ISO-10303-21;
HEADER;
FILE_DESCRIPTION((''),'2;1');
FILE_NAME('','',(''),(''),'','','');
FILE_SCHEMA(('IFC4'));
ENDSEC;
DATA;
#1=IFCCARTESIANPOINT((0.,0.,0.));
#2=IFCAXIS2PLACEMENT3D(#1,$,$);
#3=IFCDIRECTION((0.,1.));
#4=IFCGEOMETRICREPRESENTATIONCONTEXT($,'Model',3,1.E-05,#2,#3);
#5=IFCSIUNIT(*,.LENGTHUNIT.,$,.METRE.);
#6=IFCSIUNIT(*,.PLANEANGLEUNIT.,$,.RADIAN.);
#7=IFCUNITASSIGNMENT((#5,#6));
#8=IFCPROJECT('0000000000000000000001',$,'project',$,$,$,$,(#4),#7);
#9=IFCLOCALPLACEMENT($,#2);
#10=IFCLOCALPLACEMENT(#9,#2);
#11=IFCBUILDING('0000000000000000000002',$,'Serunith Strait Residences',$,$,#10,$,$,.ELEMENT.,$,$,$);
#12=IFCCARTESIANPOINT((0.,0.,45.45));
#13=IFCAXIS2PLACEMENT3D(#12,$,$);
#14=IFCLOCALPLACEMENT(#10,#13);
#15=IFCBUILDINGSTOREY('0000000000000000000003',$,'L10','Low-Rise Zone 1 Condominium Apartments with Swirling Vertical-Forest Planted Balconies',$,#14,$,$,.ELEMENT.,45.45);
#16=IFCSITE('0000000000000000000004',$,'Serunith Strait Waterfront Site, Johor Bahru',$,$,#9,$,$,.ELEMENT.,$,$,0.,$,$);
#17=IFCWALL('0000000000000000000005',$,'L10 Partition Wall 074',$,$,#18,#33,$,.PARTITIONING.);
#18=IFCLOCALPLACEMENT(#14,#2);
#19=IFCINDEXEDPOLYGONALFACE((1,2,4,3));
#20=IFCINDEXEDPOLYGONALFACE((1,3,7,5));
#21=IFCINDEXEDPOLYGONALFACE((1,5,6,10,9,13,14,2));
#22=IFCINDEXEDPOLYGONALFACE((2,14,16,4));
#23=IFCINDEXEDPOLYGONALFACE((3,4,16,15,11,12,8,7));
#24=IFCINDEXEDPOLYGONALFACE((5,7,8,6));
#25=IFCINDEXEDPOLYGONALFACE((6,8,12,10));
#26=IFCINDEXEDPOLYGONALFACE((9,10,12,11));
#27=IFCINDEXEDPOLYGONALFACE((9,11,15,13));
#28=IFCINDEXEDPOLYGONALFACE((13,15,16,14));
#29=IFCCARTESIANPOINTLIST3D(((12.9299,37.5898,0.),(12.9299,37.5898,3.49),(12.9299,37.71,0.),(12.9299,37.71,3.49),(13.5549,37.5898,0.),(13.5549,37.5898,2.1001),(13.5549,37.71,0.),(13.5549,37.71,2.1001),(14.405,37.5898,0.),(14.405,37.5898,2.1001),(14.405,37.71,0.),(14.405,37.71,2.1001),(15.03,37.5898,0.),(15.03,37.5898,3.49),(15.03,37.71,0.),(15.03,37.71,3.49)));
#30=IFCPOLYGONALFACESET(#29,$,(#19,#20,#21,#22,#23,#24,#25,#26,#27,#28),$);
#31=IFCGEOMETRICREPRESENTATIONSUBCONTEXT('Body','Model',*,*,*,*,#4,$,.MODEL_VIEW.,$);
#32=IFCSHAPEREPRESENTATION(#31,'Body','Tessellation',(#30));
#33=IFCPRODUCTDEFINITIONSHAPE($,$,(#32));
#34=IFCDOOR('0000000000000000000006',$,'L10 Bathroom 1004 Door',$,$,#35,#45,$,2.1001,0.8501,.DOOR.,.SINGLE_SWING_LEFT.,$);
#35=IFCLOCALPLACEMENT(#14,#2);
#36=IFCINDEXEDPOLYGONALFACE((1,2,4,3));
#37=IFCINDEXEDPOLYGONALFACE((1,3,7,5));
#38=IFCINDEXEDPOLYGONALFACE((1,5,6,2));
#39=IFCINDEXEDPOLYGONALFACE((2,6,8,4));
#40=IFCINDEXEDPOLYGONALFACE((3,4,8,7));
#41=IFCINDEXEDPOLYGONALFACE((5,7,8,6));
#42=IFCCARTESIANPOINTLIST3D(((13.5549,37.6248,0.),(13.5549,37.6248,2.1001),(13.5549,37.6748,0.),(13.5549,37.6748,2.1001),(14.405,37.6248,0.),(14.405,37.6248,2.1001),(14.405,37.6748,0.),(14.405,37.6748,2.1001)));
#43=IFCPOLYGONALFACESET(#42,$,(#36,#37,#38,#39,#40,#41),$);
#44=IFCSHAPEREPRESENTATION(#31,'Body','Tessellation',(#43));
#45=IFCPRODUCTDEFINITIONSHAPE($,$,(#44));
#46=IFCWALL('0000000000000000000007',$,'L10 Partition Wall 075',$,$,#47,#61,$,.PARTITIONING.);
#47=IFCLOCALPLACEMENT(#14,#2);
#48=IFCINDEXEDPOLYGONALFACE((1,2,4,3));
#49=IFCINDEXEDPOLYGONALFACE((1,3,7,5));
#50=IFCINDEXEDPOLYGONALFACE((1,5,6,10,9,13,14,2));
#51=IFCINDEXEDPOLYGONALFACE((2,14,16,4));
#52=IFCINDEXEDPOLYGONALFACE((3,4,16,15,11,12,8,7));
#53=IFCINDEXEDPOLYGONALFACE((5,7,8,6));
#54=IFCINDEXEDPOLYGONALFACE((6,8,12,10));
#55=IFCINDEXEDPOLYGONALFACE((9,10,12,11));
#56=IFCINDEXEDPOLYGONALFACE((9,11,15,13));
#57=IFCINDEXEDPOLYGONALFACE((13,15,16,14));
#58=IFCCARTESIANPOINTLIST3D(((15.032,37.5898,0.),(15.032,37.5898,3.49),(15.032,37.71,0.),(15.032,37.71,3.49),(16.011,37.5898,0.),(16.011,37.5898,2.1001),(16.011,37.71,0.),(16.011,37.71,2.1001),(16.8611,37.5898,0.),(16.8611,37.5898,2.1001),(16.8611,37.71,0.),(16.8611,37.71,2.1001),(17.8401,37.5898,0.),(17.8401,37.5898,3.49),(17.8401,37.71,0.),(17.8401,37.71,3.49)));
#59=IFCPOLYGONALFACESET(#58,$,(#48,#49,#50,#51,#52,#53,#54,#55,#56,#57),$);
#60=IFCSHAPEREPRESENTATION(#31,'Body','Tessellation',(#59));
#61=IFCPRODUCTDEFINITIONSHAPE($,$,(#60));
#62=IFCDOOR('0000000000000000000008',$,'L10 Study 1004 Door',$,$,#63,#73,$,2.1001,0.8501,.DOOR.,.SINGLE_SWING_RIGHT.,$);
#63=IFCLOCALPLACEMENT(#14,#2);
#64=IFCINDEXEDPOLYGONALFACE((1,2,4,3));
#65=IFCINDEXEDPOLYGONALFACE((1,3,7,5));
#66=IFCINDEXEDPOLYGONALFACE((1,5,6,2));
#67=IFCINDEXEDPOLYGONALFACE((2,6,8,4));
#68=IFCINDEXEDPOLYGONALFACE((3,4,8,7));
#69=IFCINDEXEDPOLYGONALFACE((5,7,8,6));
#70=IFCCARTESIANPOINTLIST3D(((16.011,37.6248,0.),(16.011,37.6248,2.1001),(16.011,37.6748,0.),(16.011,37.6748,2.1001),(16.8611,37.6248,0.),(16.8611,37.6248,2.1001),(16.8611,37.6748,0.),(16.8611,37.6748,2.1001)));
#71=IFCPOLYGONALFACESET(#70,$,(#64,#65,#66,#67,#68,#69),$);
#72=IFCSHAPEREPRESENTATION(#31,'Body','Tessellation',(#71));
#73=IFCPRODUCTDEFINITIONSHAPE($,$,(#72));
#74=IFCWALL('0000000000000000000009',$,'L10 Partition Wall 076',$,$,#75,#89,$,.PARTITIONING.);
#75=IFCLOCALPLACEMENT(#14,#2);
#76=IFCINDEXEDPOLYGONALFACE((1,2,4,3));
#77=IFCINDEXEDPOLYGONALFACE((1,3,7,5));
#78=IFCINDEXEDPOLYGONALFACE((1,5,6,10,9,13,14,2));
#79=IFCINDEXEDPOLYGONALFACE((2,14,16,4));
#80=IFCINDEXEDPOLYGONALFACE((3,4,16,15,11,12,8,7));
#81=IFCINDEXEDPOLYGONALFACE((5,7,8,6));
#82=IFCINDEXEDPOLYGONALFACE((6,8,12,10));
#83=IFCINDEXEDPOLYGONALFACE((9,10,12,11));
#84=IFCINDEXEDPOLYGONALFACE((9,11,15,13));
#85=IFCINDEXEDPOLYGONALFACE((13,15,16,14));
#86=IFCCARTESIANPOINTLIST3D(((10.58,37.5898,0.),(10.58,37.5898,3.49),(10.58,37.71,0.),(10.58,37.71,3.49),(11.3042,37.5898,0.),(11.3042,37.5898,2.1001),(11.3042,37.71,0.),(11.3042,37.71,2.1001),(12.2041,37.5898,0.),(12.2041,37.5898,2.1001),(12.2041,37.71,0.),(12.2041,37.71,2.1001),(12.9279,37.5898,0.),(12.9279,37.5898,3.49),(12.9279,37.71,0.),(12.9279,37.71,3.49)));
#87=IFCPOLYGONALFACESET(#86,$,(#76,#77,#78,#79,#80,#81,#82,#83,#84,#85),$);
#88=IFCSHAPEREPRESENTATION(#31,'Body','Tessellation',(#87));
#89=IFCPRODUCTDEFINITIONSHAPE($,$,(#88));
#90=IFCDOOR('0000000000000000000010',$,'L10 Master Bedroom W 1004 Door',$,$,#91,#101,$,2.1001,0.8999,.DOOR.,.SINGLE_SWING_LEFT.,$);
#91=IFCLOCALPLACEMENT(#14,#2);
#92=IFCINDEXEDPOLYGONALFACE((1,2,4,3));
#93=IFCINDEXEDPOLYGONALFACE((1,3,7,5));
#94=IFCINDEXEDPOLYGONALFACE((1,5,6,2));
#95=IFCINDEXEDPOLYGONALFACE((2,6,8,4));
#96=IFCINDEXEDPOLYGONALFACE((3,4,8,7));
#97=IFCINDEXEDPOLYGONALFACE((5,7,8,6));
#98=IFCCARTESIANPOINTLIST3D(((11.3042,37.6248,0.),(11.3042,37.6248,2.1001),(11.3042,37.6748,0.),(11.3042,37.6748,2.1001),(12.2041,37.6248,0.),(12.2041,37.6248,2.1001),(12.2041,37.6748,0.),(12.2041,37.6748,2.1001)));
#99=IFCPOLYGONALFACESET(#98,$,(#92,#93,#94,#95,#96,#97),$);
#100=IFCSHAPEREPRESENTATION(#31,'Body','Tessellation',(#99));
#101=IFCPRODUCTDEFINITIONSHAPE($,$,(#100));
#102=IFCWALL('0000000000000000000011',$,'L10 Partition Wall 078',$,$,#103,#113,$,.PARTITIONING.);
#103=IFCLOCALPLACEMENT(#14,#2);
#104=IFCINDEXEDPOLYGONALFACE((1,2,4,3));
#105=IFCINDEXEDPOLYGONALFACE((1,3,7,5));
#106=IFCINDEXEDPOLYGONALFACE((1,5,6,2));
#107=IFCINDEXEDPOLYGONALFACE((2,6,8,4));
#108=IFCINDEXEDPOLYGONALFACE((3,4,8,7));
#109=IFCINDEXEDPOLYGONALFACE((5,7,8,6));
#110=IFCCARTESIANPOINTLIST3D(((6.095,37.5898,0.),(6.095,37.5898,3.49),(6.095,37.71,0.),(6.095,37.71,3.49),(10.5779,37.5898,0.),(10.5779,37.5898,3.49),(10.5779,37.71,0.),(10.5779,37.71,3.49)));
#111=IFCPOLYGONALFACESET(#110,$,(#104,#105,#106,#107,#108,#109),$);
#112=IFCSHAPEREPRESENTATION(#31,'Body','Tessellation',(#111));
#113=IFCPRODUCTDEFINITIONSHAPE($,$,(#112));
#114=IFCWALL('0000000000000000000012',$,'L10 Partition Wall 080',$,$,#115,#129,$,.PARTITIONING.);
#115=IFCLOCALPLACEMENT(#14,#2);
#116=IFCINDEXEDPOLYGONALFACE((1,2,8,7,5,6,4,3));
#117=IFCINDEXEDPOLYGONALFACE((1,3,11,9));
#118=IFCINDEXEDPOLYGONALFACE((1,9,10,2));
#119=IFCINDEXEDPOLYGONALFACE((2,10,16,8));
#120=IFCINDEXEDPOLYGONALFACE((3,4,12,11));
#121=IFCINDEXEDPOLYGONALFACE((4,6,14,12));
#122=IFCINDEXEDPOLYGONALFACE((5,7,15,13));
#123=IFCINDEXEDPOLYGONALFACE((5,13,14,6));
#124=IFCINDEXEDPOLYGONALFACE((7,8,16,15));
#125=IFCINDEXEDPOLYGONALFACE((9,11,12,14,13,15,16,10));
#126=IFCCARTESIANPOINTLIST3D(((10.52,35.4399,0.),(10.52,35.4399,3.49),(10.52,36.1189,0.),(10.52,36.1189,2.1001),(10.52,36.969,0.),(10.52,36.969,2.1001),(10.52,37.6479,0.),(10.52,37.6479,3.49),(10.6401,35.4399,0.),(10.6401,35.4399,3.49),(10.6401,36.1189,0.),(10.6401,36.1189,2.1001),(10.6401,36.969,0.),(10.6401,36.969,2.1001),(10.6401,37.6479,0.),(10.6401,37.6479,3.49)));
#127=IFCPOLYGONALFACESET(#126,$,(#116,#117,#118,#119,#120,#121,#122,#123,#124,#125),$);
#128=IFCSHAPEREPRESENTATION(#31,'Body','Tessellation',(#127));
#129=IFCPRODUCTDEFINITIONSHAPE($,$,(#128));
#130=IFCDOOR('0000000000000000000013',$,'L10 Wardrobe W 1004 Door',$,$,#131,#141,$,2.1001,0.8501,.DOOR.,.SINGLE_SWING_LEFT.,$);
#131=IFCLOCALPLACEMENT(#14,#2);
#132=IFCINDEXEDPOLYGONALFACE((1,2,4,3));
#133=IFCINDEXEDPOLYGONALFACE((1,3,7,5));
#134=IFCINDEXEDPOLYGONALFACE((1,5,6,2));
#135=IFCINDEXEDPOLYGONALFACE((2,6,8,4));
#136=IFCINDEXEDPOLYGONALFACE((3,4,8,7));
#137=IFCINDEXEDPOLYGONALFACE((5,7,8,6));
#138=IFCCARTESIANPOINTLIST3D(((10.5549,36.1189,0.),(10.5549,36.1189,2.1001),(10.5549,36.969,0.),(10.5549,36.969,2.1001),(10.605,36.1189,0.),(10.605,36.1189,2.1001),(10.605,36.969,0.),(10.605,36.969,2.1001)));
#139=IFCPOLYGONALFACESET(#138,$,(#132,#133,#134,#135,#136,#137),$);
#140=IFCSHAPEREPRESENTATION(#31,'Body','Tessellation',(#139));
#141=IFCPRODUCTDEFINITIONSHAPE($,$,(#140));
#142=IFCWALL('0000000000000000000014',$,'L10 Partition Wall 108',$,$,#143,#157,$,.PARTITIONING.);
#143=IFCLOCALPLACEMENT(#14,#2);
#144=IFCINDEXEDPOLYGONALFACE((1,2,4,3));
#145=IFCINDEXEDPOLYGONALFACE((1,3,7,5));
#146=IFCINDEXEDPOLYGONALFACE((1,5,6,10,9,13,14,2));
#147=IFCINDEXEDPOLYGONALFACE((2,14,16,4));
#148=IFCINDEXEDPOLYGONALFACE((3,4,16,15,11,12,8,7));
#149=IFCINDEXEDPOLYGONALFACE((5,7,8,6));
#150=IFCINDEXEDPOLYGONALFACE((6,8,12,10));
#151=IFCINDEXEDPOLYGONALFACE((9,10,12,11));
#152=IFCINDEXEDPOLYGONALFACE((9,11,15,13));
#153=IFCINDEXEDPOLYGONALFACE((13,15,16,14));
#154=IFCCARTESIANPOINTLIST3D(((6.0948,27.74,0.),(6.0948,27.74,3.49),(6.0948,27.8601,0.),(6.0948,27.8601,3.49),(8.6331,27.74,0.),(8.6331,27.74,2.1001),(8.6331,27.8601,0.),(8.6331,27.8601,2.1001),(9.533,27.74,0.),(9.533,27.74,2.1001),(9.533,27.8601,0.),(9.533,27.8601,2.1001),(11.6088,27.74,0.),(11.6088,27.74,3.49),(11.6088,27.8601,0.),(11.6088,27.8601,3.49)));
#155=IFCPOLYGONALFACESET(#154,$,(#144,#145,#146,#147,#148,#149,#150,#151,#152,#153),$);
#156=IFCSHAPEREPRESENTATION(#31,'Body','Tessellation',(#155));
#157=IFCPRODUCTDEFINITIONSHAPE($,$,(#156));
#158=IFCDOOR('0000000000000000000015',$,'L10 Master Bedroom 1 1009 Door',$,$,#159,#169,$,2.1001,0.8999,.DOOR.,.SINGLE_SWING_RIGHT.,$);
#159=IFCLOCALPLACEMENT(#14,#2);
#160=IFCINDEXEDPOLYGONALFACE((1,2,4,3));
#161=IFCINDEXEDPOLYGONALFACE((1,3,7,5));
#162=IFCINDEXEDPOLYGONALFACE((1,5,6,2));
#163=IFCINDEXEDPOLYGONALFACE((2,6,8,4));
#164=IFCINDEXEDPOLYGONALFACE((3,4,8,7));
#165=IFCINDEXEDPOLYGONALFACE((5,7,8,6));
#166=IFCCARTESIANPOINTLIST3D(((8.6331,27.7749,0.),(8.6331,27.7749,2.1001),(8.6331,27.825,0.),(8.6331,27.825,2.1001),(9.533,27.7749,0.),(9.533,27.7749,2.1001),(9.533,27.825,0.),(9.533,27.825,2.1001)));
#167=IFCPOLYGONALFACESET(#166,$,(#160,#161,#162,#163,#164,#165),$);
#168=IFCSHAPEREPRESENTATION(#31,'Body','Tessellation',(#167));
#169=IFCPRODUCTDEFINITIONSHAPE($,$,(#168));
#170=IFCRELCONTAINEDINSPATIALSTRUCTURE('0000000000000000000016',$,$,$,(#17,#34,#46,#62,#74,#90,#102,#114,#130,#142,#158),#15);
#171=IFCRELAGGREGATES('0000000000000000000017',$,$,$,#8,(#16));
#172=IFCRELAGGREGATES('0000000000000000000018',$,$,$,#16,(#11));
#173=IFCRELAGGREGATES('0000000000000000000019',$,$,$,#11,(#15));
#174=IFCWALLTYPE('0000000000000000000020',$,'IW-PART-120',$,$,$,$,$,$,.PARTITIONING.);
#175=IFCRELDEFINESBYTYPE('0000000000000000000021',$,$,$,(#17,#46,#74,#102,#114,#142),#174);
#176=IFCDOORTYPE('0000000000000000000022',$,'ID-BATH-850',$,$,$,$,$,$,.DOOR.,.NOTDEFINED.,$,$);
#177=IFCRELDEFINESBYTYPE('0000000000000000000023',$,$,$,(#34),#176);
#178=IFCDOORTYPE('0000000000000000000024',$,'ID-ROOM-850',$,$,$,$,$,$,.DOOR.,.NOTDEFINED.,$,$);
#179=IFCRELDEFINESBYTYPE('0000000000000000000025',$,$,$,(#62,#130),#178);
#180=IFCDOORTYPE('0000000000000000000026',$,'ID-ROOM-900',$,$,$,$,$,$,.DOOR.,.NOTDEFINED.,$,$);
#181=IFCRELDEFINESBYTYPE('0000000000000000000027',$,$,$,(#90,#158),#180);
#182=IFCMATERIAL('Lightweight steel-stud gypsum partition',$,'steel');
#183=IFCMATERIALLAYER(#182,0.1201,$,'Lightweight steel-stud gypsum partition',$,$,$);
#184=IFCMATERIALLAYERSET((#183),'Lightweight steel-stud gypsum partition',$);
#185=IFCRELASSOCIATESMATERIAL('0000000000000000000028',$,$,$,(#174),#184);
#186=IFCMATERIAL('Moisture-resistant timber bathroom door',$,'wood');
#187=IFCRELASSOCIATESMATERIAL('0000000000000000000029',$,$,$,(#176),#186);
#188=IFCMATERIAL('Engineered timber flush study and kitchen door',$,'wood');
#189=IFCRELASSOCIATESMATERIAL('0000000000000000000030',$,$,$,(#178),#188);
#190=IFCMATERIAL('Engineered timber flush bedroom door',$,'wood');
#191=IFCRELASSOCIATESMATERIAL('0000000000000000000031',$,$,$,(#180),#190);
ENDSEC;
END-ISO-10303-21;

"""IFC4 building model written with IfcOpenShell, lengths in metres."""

from ifc_helpers import new_model, si_unit, direction, frame, frame_2d, origin, place, context, subcontext, project, spatial, rectangle, extrude, source, transform, mapped, material, layer, layer_set, type_object, element, fill, save


model = new_model("IFC4")

# Units and contexts
model_context = context("Model", 3, precision=1e-05, world=origin(), true_north=direction((0.0, 1.0)))
body_context = subcontext(model_context, "Body", "Model", "MODEL_VIEW")
ifc_project = project(units=[si_unit("LENGTHUNIT", "METRE"), si_unit("PLANEANGLEUNIT", "RADIAN")], contexts=[model_context])

# Site, building, storey
site_placement = place(None, origin())
site = spatial("IfcSite", under=ifc_project, at=site_placement, Name="Serunith Strait Waterfront Site, Johor Bahru", CompositionType="ELEMENT", RefElevation=0.0)
building_placement = place(site_placement, origin())
building = spatial("IfcBuilding", under=site, at=building_placement, Name="Serunith Strait Residences", CompositionType="ELEMENT")
storey_placement = place(building_placement, frame((0.0, 0.0, 45.45)))
storey = spatial("IfcBuildingStorey", under=building, at=storey_placement, Name="L10", Description="Low-Rise Zone 1 Condominium Apartments with Swirling Vertical-Forest Planted Balconies", CompositionType="ELEMENT", Elevation=45.45)

# Walls, openings, doors
ifc_material_1 = material(Name="Lightweight steel-stud gypsum partition", Category="steel")
ifc_layer_1 = layer(ifc_material_1, 0.1201, Name="Lightweight steel-stud gypsum partition")
ifc_layer_set_1 = layer_set([ifc_layer_1], Name="Lightweight steel-stud gypsum partition")
wall_type_1 = type_object("IfcWallType", Name="IW-PART-120", PredefinedType="PARTITIONING", material=ifc_layer_set_1)
wall_1_placement = place(storey_placement, frame((12.9299, 37.6499, 0.0), z_axis=(0.0, 0.0, 1.0), x_axis=(1.0, 0.0, 0.0)))
wall_1 = element("IfcWall", 1, at=wall_1_placement, inside=storey, type_object=wall_type_1, Name="L10 Partition Wall 074", PredefinedType="PARTITIONING", context=body_context, shape_type="SweptSolid", body=[
    extrude(rectangle(XDim=2.1001, YDim=0.1201, at=frame_2d((1.05, 0.0))), origin(), (0.0, 0.0, 1.0), 3.49),
])
opening_1_placement = place(wall_1_placement, frame((0.625, 0.0, 0.0)))
opening_1 = element("IfcOpeningElement", 2, at=opening_1_placement, cuts=wall_1, PredefinedType="OPENING", context=body_context, shape_type="SweptSolid", body=[
    extrude(rectangle(XDim=0.8501, YDim=2.1001, at=frame_2d((0.425, 1.05))), frame((0.0, 0.0701, 0.0), z_axis=(0.0, -1.0, 0.0), x_axis=(1.0, 0.0, 0.0)), (0.0, 0.0, 1.0), 0.1401),
])
ifc_material_2 = material(Name="Moisture-resistant timber bathroom door", Category="wood")
door_type_1 = type_object("IfcDoorType", Name="ID-BATH-850", OperationType="NOTDEFINED", PredefinedType="DOOR", material=ifc_material_2)
shared_shape_1 = source(origin(), body_context, "Body", "SweptSolid", [
    extrude(rectangle(XDim=0.8501, YDim=2.1001, at=frame_2d((0.425, 1.05))), frame((0.0, 0.0249, 0.0), z_axis=(0.0, -1.0, 0.0), x_axis=(1.0, 0.0, 0.0)), (0.0, 0.0, 1.0), 0.05),
])
door_1_placement = place(opening_1_placement, origin())
door_1 = element("IfcDoor", 3, at=door_1_placement, inside=storey, type_object=door_type_1, Name="L10 Bathroom 1004 Door", OperationType="SINGLE_SWING_LEFT", OverallHeight=2.1001, OverallWidth=0.8501, PredefinedType="DOOR", context=body_context, shape_type="MappedRepresentation", body=[
    mapped(shared_shape_1, transform((0.0, 0.0, 0.0), scale=1.0)),
])
fill(opening_1, door_1)
wall_2_placement = place(storey_placement, frame((15.032, 37.6499, 0.0), z_axis=(0.0, 0.0, 1.0), x_axis=(1.0, 0.0, 0.0)))
wall_2 = element("IfcWall", 4, at=wall_2_placement, inside=storey, type_object=wall_type_1, Name="L10 Partition Wall 075", PredefinedType="PARTITIONING", context=body_context, shape_type="SweptSolid", body=[
    extrude(rectangle(XDim=2.8081, YDim=0.1201, at=frame_2d((1.4041, 0.0))), origin(), (0.0, 0.0, 1.0), 3.49),
])
opening_2_placement = place(wall_2_placement, frame((0.979, 0.0, 0.0)))
opening_2 = element("IfcOpeningElement", 5, at=opening_2_placement, cuts=wall_2, PredefinedType="OPENING", context=body_context, shape_type="SweptSolid", body=[
    extrude(rectangle(XDim=0.8501, YDim=2.1001, at=frame_2d((0.425, 1.05))), frame((0.0, 0.0701, 0.0), z_axis=(0.0, -1.0, 0.0), x_axis=(1.0, 0.0, 0.0)), (0.0, 0.0, 1.0), 0.1401),
])
ifc_material_3 = material(Name="Engineered timber flush study and kitchen door", Category="wood")
door_type_2 = type_object("IfcDoorType", Name="ID-ROOM-850", OperationType="NOTDEFINED", PredefinedType="DOOR", material=ifc_material_3)
door_2_placement = place(opening_2_placement, origin())
door_2 = element("IfcDoor", 6, at=door_2_placement, inside=storey, type_object=door_type_2, Name="L10 Study 1004 Door", OperationType="SINGLE_SWING_RIGHT", OverallHeight=2.1001, OverallWidth=0.8501, PredefinedType="DOOR", context=body_context, shape_type="MappedRepresentation", body=[
    mapped(shared_shape_1, transform((0.0, 0.0, 0.0), scale=1.0)),
])
fill(opening_2, door_2)
wall_3_placement = place(storey_placement, frame((10.5801, 37.6499, 0.0), z_axis=(0.0, 0.0, 1.0), x_axis=(1.0, 0.0, 0.0)))
wall_3 = element("IfcWall", 7, at=wall_3_placement, inside=storey, type_object=wall_type_1, Name="L10 Partition Wall 076", PredefinedType="PARTITIONING", context=body_context, shape_type="SweptSolid", body=[
    extrude(rectangle(XDim=2.3479, YDim=0.1201, at=frame_2d((1.1738, 0.0))), origin(), (0.0, 0.0, 1.0), 3.49),
])
opening_3_placement = place(wall_3_placement, frame((0.7241, 0.0, 0.0)))
opening_3 = element("IfcOpeningElement", 8, at=opening_3_placement, cuts=wall_3, PredefinedType="OPENING", context=body_context, shape_type="SweptSolid", body=[
    extrude(rectangle(XDim=0.8999, YDim=2.1001, at=frame_2d((0.45, 1.05))), frame((0.0, 0.0701, 0.0), z_axis=(0.0, -1.0, 0.0), x_axis=(1.0, 0.0, 0.0)), (0.0, 0.0, 1.0), 0.1401),
])
ifc_material_4 = material(Name="Engineered timber flush bedroom door", Category="wood")
door_type_3 = type_object("IfcDoorType", Name="ID-ROOM-900", OperationType="NOTDEFINED", PredefinedType="DOOR", material=ifc_material_4)
shared_shape_2 = source(origin(), body_context, "Body", "SweptSolid", [
    extrude(rectangle(XDim=0.8999, YDim=2.1001, at=frame_2d((0.45, 1.05))), frame((0.0, 0.0249, 0.0), z_axis=(0.0, -1.0, 0.0), x_axis=(1.0, 0.0, 0.0)), (0.0, 0.0, 1.0), 0.05),
])
door_3_placement = place(opening_3_placement, origin())
door_3 = element("IfcDoor", 9, at=door_3_placement, inside=storey, type_object=door_type_3, Name="L10 Master Bedroom W 1004 Door", OperationType="SINGLE_SWING_LEFT", OverallHeight=2.1001, OverallWidth=0.8999, PredefinedType="DOOR", context=body_context, shape_type="MappedRepresentation", body=[
    mapped(shared_shape_2, transform((0.0, 0.0, 0.0), scale=1.0)),
])
fill(opening_3, door_3)

# Wall
wall_4_placement = place(storey_placement, frame((6.095, 37.6499, 0.0), z_axis=(0.0, 0.0, 1.0), x_axis=(1.0, 0.0, 0.0)))
element("IfcWall", 10, at=wall_4_placement, inside=storey, type_object=wall_type_1, Name="L10 Partition Wall 078", PredefinedType="PARTITIONING", context=body_context, shape_type="SweptSolid", body=[
    extrude(rectangle(XDim=4.4829, YDim=0.1201, at=frame_2d((2.2415, 0.0))), origin(), (0.0, 0.0, 1.0), 3.49),
])

# Walls, openings, doors
wall_5_placement = place(storey_placement, frame((10.5801, 37.6479, 0.0), z_axis=(0.0, 0.0, 1.0), x_axis=(0.0, -1.0, 0.0)))
wall_5 = element("IfcWall", 11, at=wall_5_placement, inside=storey, type_object=wall_type_1, Name="L10 Partition Wall 080", PredefinedType="PARTITIONING", context=body_context, shape_type="SweptSolid", body=[
    extrude(rectangle(XDim=2.208, YDim=0.1201, at=frame_2d((1.104, 0.0))), origin(), (0.0, 0.0, 1.0), 3.49),
])
opening_4_placement = place(wall_5_placement, frame((0.679, 0.0, 0.0)))
opening_4 = element("IfcOpeningElement", 12, at=opening_4_placement, cuts=wall_5, PredefinedType="OPENING", context=body_context, shape_type="SweptSolid", body=[
    extrude(rectangle(XDim=0.8501, YDim=2.1001, at=frame_2d((0.425, 1.05))), frame((0.0, 0.0701, 0.0), z_axis=(0.0, -1.0, 0.0), x_axis=(1.0, 0.0, 0.0)), (0.0, 0.0, 1.0), 0.1401),
])
door_4_placement = place(opening_4_placement, origin())
door_4 = element("IfcDoor", 13, at=door_4_placement, inside=storey, type_object=door_type_2, Name="L10 Wardrobe W 1004 Door", OperationType="SINGLE_SWING_LEFT", OverallHeight=2.1001, OverallWidth=0.8501, PredefinedType="DOOR", context=body_context, shape_type="MappedRepresentation", body=[
    mapped(shared_shape_1, transform((0.0, 0.0, 0.0), scale=1.0)),
])
fill(opening_4, door_4)
wall_6_placement = place(storey_placement, frame((6.095, 27.8, 0.0), z_axis=(0.0, 0.0, 1.0), x_axis=(1.0, 0.0, 0.0)))
wall_6 = element("IfcWall", 14, at=wall_6_placement, inside=storey, type_object=wall_type_1, Name="L10 Partition Wall 108", PredefinedType="PARTITIONING", context=body_context, shape_type="SweptSolid", body=[
    extrude(rectangle(XDim=5.5139, YDim=0.1201, at=frame_2d((2.7568, 0.0))), origin(), (0.0, 0.0, 1.0), 3.49),
])
opening_5_placement = place(wall_6_placement, frame((2.5381, 0.0, 0.0)))
opening_5 = element("IfcOpeningElement", 15, at=opening_5_placement, cuts=wall_6, PredefinedType="OPENING", context=body_context, shape_type="SweptSolid", body=[
    extrude(rectangle(XDim=0.8999, YDim=2.1001, at=frame_2d((0.45, 1.05))), frame((0.0, 0.0701, 0.0), z_axis=(0.0, -1.0, 0.0), x_axis=(1.0, 0.0, 0.0)), (0.0, 0.0, 1.0), 0.1401),
])
door_5_placement = place(opening_5_placement, origin())
door_5 = element("IfcDoor", 16, at=door_5_placement, inside=storey, type_object=door_type_3, Name="L10 Master Bedroom 1 1009 Door", OperationType="SINGLE_SWING_RIGHT", OverallHeight=2.1001, OverallWidth=0.8999, PredefinedType="DOOR", context=body_context, shape_type="MappedRepresentation", body=[
    mapped(shared_shape_2, transform((0.0, 0.0, 0.0), scale=1.0)),
])
fill(opening_5, door_5)

save(model, "model.ifc")
